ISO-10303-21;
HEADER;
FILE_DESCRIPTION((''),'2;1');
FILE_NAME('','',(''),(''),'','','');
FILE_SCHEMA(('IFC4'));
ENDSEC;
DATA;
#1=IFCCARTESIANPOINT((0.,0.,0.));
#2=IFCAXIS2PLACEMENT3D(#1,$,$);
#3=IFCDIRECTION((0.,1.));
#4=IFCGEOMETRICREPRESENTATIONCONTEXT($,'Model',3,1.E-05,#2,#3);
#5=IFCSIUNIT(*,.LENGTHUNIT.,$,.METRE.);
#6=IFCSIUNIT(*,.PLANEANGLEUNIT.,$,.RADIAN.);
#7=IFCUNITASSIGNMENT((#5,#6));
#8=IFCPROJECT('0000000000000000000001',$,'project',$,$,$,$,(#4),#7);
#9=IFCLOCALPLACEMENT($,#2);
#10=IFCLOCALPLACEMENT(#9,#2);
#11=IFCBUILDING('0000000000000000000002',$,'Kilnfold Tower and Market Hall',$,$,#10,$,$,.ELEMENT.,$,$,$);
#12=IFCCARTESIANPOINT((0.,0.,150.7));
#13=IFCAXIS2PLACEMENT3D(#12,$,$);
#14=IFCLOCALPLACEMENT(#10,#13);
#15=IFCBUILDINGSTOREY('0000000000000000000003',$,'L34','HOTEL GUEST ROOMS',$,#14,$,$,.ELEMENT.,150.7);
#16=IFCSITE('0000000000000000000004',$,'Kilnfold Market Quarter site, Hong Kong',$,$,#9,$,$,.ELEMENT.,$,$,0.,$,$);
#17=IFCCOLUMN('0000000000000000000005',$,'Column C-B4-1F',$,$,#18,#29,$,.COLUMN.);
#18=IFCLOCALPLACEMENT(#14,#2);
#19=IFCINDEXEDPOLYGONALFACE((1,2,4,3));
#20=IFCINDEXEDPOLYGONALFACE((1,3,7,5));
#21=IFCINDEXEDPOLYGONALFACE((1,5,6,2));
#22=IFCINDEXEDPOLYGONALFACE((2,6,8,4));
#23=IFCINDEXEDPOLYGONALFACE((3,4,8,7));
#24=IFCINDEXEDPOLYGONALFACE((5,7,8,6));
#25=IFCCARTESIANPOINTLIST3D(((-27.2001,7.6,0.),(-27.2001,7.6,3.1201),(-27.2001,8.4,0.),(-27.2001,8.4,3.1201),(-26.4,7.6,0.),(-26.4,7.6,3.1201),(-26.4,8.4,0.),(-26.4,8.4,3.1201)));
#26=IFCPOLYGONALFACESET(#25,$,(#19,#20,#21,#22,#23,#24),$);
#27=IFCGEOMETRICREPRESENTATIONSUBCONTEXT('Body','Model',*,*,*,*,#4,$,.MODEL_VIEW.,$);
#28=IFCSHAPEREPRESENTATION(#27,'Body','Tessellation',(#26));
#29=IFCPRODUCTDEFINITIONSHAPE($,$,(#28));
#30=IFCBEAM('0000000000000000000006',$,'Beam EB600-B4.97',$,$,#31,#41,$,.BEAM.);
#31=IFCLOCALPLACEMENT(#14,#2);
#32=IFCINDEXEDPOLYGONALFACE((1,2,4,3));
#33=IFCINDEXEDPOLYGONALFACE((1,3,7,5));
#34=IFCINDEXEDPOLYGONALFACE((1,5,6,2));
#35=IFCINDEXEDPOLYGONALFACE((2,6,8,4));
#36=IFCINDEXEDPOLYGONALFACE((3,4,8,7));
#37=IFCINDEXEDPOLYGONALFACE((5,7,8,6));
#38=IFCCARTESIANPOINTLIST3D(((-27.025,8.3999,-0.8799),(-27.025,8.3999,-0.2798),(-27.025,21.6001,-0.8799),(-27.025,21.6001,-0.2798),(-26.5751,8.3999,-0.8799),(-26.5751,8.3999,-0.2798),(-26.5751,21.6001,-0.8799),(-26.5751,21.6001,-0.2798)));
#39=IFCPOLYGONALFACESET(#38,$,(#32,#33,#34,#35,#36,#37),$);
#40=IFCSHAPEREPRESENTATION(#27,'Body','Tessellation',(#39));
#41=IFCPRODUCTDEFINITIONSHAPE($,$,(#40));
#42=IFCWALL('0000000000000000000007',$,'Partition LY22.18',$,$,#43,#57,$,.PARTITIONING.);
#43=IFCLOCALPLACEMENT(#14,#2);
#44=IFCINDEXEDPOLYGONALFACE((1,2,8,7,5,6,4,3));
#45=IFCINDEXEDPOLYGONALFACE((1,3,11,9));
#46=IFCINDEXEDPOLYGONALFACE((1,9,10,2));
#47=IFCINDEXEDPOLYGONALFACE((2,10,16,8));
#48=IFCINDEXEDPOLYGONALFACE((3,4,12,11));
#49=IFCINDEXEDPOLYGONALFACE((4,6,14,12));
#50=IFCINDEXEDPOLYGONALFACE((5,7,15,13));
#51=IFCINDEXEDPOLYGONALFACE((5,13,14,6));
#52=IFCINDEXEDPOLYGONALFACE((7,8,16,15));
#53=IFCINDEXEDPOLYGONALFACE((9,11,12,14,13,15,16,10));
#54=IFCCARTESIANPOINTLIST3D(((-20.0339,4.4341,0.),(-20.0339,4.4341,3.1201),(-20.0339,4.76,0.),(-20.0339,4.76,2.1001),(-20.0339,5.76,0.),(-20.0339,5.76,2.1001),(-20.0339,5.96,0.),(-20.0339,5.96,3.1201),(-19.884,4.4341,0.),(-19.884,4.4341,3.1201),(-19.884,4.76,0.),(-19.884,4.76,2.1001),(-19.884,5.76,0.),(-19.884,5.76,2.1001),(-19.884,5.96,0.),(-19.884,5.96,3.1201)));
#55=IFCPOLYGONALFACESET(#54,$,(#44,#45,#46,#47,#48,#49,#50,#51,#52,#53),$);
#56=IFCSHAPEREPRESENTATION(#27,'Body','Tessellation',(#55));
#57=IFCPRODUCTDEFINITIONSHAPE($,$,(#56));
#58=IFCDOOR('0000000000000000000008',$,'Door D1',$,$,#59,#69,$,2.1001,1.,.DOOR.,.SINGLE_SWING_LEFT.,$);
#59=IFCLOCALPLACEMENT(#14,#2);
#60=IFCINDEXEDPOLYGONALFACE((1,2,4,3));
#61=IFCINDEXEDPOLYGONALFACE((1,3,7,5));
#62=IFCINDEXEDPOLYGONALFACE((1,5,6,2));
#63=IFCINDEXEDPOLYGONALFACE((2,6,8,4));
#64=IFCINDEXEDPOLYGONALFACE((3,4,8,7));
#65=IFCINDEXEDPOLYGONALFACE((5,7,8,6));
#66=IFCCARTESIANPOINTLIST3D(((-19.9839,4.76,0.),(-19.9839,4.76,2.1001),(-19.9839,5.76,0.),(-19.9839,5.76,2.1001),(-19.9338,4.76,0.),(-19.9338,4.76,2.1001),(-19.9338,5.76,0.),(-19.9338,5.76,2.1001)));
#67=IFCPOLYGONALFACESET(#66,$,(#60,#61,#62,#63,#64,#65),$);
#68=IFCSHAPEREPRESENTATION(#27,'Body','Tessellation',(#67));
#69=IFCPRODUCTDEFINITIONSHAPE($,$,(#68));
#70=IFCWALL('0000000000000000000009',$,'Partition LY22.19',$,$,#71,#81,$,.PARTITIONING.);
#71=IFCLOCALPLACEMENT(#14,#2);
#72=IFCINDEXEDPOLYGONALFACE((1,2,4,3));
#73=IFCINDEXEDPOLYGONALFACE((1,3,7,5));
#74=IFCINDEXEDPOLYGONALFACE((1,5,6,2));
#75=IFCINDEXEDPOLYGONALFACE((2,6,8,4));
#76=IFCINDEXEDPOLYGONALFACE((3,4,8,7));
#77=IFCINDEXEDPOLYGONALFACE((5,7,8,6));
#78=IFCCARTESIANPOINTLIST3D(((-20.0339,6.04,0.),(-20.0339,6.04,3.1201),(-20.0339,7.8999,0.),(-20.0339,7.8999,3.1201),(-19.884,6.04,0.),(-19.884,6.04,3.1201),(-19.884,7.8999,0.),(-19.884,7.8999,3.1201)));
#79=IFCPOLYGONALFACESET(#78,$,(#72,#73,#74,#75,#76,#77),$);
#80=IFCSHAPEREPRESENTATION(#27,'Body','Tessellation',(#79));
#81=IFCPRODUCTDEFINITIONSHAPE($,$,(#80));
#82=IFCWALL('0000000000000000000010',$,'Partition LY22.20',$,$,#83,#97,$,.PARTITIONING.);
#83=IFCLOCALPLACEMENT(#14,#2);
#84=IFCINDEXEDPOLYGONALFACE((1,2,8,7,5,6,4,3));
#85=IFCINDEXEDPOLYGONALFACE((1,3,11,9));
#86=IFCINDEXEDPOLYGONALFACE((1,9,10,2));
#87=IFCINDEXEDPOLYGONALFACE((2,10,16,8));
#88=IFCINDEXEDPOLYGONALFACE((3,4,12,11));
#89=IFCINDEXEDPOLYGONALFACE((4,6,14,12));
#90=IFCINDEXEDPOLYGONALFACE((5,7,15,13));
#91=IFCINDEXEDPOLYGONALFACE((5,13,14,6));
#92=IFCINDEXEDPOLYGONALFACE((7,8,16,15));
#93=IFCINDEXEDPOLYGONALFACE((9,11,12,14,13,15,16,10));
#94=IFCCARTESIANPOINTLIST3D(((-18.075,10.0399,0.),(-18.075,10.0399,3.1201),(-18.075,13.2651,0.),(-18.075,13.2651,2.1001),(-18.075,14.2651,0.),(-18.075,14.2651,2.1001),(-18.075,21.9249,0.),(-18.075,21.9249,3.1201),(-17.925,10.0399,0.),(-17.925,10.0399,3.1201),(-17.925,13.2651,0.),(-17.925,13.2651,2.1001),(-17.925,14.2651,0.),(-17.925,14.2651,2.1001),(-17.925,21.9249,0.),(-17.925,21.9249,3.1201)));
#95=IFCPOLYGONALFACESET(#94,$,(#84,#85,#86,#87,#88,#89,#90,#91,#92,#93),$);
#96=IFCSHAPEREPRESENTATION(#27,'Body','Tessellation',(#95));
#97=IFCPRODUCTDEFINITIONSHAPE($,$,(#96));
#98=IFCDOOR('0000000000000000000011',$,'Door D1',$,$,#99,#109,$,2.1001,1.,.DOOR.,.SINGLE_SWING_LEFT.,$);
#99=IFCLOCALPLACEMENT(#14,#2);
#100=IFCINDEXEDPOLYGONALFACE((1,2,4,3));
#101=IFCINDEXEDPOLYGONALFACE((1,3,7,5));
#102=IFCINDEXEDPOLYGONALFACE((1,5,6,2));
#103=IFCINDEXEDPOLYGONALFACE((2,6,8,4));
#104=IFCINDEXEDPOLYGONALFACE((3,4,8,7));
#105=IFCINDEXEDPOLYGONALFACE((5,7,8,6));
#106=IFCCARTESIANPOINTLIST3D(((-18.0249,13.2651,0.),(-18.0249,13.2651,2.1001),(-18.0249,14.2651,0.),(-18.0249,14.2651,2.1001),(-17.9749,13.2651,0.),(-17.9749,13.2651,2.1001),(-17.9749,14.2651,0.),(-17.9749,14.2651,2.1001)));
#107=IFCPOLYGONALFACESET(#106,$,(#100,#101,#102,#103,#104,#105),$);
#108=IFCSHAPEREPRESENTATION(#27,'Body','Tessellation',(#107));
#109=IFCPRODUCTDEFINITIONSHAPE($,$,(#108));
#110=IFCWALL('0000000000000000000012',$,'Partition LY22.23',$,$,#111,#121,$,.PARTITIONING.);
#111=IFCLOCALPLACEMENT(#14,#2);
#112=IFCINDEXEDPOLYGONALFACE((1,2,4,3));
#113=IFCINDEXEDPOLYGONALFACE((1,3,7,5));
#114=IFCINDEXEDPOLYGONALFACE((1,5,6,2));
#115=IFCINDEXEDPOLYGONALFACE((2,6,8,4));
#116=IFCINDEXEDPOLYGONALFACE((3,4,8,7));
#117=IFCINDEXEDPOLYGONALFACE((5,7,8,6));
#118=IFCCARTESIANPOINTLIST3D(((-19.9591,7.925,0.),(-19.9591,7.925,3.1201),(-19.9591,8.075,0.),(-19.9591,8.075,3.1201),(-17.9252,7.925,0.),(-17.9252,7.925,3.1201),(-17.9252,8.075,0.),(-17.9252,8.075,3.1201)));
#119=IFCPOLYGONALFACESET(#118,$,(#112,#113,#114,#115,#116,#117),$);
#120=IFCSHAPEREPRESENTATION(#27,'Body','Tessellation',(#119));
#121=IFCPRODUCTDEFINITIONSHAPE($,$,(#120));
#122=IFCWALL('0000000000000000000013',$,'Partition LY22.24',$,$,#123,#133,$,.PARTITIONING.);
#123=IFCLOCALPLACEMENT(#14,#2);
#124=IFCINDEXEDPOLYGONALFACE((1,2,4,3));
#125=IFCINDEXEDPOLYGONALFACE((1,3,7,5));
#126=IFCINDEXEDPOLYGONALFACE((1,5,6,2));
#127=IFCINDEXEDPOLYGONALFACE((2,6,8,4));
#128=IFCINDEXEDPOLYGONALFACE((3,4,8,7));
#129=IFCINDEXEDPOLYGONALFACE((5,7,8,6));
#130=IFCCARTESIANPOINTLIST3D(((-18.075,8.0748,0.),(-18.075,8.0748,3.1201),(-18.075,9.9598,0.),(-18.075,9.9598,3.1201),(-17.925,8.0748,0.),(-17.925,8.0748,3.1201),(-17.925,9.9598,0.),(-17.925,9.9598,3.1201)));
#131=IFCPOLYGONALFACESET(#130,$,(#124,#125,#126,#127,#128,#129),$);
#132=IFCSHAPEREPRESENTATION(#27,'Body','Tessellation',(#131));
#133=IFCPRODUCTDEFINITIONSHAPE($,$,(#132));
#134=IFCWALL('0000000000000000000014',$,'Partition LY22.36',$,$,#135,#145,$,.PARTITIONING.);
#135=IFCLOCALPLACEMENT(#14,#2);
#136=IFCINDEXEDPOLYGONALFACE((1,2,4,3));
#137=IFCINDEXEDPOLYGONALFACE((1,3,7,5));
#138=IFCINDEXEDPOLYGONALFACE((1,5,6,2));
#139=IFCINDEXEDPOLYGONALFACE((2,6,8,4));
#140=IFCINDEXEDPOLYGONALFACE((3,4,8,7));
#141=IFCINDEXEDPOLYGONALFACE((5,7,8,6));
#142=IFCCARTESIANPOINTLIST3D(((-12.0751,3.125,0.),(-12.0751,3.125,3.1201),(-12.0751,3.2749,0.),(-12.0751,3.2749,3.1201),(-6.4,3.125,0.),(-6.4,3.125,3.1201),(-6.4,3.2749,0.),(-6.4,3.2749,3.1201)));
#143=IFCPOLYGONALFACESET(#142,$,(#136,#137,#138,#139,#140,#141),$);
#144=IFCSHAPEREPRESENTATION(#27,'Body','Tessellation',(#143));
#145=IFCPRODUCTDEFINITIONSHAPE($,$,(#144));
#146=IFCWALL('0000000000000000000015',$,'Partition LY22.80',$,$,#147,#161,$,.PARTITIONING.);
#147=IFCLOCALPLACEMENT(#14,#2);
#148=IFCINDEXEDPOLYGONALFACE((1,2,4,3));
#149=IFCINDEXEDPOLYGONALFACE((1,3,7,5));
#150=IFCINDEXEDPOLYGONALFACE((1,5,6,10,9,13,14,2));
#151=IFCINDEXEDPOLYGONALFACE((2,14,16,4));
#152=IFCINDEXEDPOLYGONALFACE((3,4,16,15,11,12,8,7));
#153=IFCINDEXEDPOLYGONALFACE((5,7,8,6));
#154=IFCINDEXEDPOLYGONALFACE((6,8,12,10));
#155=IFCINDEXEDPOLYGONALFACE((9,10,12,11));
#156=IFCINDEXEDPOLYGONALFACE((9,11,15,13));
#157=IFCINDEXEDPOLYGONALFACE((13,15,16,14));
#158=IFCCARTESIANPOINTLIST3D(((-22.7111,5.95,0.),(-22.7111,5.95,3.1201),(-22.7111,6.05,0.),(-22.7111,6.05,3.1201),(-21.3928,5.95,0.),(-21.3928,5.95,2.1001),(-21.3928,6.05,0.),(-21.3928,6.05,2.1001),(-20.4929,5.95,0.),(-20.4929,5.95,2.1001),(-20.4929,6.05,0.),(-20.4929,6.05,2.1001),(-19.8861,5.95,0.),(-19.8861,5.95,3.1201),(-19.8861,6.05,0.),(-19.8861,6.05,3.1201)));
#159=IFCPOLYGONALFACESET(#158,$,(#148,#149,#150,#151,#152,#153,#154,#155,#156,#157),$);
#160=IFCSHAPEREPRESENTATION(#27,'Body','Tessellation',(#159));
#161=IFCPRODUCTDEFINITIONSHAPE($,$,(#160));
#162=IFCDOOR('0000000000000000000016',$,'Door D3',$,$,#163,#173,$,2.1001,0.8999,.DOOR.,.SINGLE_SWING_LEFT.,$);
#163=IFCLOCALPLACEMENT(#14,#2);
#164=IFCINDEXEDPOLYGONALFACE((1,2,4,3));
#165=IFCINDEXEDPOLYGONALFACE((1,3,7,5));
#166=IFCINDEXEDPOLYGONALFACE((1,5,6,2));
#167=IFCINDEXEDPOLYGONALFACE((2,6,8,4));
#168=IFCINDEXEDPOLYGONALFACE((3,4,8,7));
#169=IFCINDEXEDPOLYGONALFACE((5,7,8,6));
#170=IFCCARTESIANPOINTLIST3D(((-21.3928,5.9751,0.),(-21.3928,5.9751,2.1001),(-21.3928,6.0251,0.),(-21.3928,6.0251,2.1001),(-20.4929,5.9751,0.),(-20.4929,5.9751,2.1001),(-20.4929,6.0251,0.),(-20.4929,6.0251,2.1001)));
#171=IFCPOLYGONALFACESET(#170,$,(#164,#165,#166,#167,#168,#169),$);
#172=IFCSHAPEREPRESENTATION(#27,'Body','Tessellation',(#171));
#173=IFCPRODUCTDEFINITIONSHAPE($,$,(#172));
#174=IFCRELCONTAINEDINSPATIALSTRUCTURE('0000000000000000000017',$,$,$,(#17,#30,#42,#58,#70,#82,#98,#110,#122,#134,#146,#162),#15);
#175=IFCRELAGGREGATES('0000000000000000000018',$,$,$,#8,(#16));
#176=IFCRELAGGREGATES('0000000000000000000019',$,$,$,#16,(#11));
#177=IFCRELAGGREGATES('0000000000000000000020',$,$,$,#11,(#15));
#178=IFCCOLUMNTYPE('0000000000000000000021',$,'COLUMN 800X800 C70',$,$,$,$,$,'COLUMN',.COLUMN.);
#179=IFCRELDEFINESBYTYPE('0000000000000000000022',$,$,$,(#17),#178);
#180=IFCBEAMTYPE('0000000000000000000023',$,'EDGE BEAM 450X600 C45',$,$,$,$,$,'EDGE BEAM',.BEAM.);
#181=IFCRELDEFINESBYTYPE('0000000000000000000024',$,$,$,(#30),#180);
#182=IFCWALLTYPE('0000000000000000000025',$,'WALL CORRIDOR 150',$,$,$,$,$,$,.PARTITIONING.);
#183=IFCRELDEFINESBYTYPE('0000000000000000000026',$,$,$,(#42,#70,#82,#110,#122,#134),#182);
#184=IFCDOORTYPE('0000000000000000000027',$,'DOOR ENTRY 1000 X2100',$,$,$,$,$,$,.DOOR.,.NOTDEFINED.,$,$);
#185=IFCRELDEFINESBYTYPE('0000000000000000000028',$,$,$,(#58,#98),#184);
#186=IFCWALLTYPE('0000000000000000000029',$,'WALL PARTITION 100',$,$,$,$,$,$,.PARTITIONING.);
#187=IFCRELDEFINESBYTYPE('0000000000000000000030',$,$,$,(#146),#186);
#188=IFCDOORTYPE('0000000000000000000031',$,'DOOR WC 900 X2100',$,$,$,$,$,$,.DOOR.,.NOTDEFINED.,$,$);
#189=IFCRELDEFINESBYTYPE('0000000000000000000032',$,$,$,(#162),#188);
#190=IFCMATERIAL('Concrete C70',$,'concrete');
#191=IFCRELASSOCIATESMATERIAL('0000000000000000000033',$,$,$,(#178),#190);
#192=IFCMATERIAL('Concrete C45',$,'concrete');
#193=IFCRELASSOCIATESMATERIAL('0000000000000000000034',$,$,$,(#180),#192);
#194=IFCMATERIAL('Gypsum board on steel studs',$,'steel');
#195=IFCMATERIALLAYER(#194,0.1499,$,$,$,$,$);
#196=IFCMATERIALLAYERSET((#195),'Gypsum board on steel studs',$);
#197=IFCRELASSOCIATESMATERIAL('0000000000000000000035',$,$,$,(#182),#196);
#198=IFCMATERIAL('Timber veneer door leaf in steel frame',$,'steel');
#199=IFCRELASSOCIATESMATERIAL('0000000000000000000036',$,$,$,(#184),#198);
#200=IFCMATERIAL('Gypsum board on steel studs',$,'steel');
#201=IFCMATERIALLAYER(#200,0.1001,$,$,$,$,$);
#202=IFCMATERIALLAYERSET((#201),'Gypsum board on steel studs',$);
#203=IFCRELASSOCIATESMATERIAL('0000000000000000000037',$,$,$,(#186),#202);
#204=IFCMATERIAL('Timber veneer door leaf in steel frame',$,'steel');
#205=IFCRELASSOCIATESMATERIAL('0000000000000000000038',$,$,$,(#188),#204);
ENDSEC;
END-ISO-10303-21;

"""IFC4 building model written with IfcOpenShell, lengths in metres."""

from ifc_helpers import new_model, si_unit, direction, frame, frame_2d, origin, origin_2d, place, context, subcontext, project, spatial, rectangle, extrude, source, transform, mapped, material, layer, layer_set, material_profile, profile_set, type_object, element, fill, save


model = new_model("IFC4")

# Units and contexts
model_context = context("Model", 3, precision=1e-05, world=origin(), true_north=direction((0.0, 1.0)))
body_context = subcontext(model_context, "Body", "Model", "MODEL_VIEW")
ifc_project = project(units=[si_unit("LENGTHUNIT", "METRE"), si_unit("PLANEANGLEUNIT", "RADIAN")], contexts=[model_context])

# Site, building, storey
site_placement = place(None, origin())
site = spatial("IfcSite", under=ifc_project, at=site_placement, Name="Kilnfold Market Quarter site, Hong Kong", CompositionType="ELEMENT", RefElevation=0.0)
building_placement = place(site_placement, origin())
building = spatial("IfcBuilding", under=site, at=building_placement, Name="Kilnfold Tower and Market Hall", CompositionType="ELEMENT")
storey_placement = place(building_placement, frame((0.0, 0.0, 150.7)))
storey = spatial("IfcBuildingStorey", under=building, at=storey_placement, Name="L34", Description="HOTEL GUEST ROOMS", CompositionType="ELEMENT", Elevation=150.7)

# Column
ifc_material_1 = material(Name="Concrete C70", Category="concrete")
ifc_material_profile_1 = material_profile(ifc_material_1, rectangle(XDim=0.8, YDim=0.8, at=origin_2d()), Name="RC 800x800")
ifc_profile_set_1 = profile_set([ifc_material_profile_1], Name="Concrete C70")
column_type = type_object("IfcColumnType", Name="COLUMN 800X800 C70", ElementType="COLUMN", PredefinedType="COLUMN", material=ifc_profile_set_1)
shared_shape_1 = source(origin(), body_context, "Body", "SweptSolid", [
    extrude(rectangle(XDim=0.8, YDim=0.8, at=origin_2d()), origin(), (0.0, 0.0, 1.0), 3.1201),
])
column_placement = place(storey_placement, frame((-26.8, 8.0, 0.0), z_axis=(0.0, 0.0, 1.0), x_axis=(1.0, 0.0, 0.0)))
element("IfcColumn", 1, at=column_placement, inside=storey, type_object=column_type, Name="Column C-B4-1F", PredefinedType="COLUMN", context=body_context, shape_type="MappedRepresentation", body=[
    mapped(shared_shape_1, transform((0.0, 0.0, 0.0))),
])

# Beam
ifc_material_2 = material(Name="Concrete C45", Category="concrete")
ifc_material_profile_2 = material_profile(ifc_material_2, rectangle(XDim=0.45, YDim=0.6001, at=origin_2d()), Name="RC 450x600")
ifc_profile_set_2 = profile_set([ifc_material_profile_2], Name="Concrete C45")
beam_type = type_object("IfcBeamType", Name="EDGE BEAM 450X600 C45", ElementType="EDGE BEAM", PredefinedType="BEAM", material=ifc_profile_set_2)
shared_shape_2 = source(origin(), body_context, "Body", "SweptSolid", [
    extrude(rectangle(XDim=0.45, YDim=0.6001, at=origin_2d()), origin(), (0.0, 0.0, 1.0), 13.2002),
])
beam_placement = place(storey_placement, frame((-26.8, 8.3999, -0.5798), z_axis=(0.0, 1.0, 0.0), x_axis=(-1.0, 0.0, 0.0)))
element("IfcBeam", 2, at=beam_placement, inside=storey, type_object=beam_type, Name="Beam EB600-B4.97", PredefinedType="BEAM", context=body_context, shape_type="MappedRepresentation", body=[
    mapped(shared_shape_2, transform((0.0, 0.0, 0.0))),
])

# Wall, opening, door
ifc_material_3 = material(Name="Gypsum board on steel studs", Category="steel")
ifc_layer_1 = layer(ifc_material_3, 0.1499)
ifc_layer_set_1 = layer_set([ifc_layer_1], Name="Gypsum board on steel studs")
wall_type_1 = type_object("IfcWallType", Name="WALL CORRIDOR 150", PredefinedType="PARTITIONING", material=ifc_layer_set_1)
wall_1_placement = place(storey_placement, frame((-19.959, 4.4341, 0.0), z_axis=(0.0, 0.0, 1.0), x_axis=(0.0, 1.0, 0.0)))
wall_1 = element("IfcWall", 3, at=wall_1_placement, inside=storey, type_object=wall_type_1, Name="Partition LY22.18", PredefinedType="PARTITIONING", context=body_context, shape_type="SweptSolid", body=[
    extrude(rectangle(XDim=1.5259, YDim=0.1499, at=frame_2d((0.7629, 0.0))), origin(), (0.0, 0.0, 1.0), 3.1201),
])
opening_1_placement = place(wall_1_placement, frame((0.3259, 0.0, 0.0)))
opening_1 = element("IfcOpeningElement", 4, at=opening_1_placement, cuts=wall_1, PredefinedType="OPENING", context=body_context, shape_type="SweptSolid", body=[
    extrude(rectangle(XDim=1.0, YDim=2.1001, at=frame_2d((0.5, 1.05))), frame((0.0, 0.085, 0.0), z_axis=(0.0, -1.0, 0.0), x_axis=(1.0, 0.0, 0.0)), (0.0, 0.0, 1.0), 0.1699),
])
ifc_material_4 = material(Name="Timber veneer door leaf in steel frame", Category="steel")
door_type_1 = type_object("IfcDoorType", Name="DOOR ENTRY 1000 X2100", OperationType="NOTDEFINED", PredefinedType="DOOR", material=ifc_material_4)
door_1_placement = place(opening_1_placement, origin())
door_1 = element("IfcDoor", 5, at=door_1_placement, inside=storey, type_object=door_type_1, Name="Door D1", OperationType="SINGLE_SWING_LEFT", OverallHeight=2.1001, OverallWidth=1.0, PredefinedType="DOOR", context=body_context, shape_type="SweptSolid", body=[
    extrude(rectangle(XDim=1.0, YDim=2.1001, at=frame_2d((0.5, 1.05))), frame((0.0, 0.0249, 0.0), z_axis=(0.0, -1.0, 0.0), x_axis=(1.0, 0.0, 0.0)), (0.0, 0.0, 1.0), 0.05),
])
fill(opening_1, door_1)

# Wall
wall_2_placement = place(storey_placement, frame((-19.959, 6.04, 0.0), z_axis=(0.0, 0.0, 1.0), x_axis=(0.0, 1.0, 0.0)))
element("IfcWall", 6, at=wall_2_placement, inside=storey, type_object=wall_type_1, Name="Partition LY22.19", PredefinedType="PARTITIONING", context=body_context, shape_type="SweptSolid", body=[
    extrude(rectangle(XDim=1.8599, YDim=0.1499, at=frame_2d((0.9299, 0.0))), origin(), (0.0, 0.0, 1.0), 3.1201),
])

# Wall, opening, door
wall_3_placement = place(storey_placement, frame((-18.0, 10.04, 0.0), z_axis=(0.0, 0.0, 1.0), x_axis=(0.0, 1.0, 0.0)))
wall_3 = element("IfcWall", 7, at=wall_3_placement, inside=storey, type_object=wall_type_1, Name="Partition LY22.20", PredefinedType="PARTITIONING", context=body_context, shape_type="SweptSolid", body=[
    extrude(rectangle(XDim=11.885, YDim=0.1499, at=frame_2d((5.9424, 0.0))), origin(), (0.0, 0.0, 1.0), 3.1201),
])
opening_2_placement = place(wall_3_placement, frame((3.2251, 0.0, 0.0)))
opening_2 = element("IfcOpeningElement", 8, at=opening_2_placement, cuts=wall_3, PredefinedType="OPENING", context=body_context, shape_type="SweptSolid", body=[
    extrude(rectangle(XDim=1.0, YDim=2.1001, at=frame_2d((0.5, 1.05))), frame((0.0, 0.085, 0.0), z_axis=(0.0, -1.0, 0.0), x_axis=(1.0, 0.0, 0.0)), (0.0, 0.0, 1.0), 0.1699),
])
door_2_placement = place(opening_2_placement, origin())
door_2 = element("IfcDoor", 9, at=door_2_placement, inside=storey, type_object=door_type_1, Name="Door D1", OperationType="SINGLE_SWING_LEFT", OverallHeight=2.1001, OverallWidth=1.0, PredefinedType="DOOR", context=body_context, shape_type="SweptSolid", body=[
    extrude(rectangle(XDim=1.0, YDim=2.1001, at=frame_2d((0.5, 1.05))), frame((0.0, 0.0249, 0.0), z_axis=(0.0, -1.0, 0.0), x_axis=(1.0, 0.0, 0.0)), (0.0, 0.0, 1.0), 0.05),
])
fill(opening_2, door_2)

# Walls
wall_4_placement = place(storey_placement, frame((-17.925, 8.0, 0.0), z_axis=(0.0, 0.0, 1.0), x_axis=(-1.0, 0.0, 0.0)))
element("IfcWall", 10, at=wall_4_placement, inside=storey, type_object=wall_type_1, Name="Partition LY22.23", PredefinedType="PARTITIONING", context=body_context, shape_type="SweptSolid", body=[
    extrude(rectangle(XDim=2.0339, YDim=0.1499, at=frame_2d((1.0171, 0.0))), origin(), (0.0, 0.0, 1.0), 3.1201),
])
wall_5_placement = place(storey_placement, frame((-18.0, 8.075, 0.0), z_axis=(0.0, 0.0, 1.0), x_axis=(0.0, 1.0, 0.0)))
element("IfcWall", 11, at=wall_5_placement, inside=storey, type_object=wall_type_1, Name="Partition LY22.24", PredefinedType="PARTITIONING", context=body_context, shape_type="SweptSolid", body=[
    extrude(rectangle(XDim=1.885, YDim=0.1499, at=frame_2d((0.9424, 0.0))), origin(), (0.0, 0.0, 1.0), 3.1201),
])
wall_6_placement = place(storey_placement, frame((-12.075, 3.2, 0.0), z_axis=(0.0, 0.0, 1.0), x_axis=(1.0, 0.0, 0.0)))
element("IfcWall", 12, at=wall_6_placement, inside=storey, type_object=wall_type_1, Name="Partition LY22.36", PredefinedType="PARTITIONING", context=body_context, shape_type="SweptSolid", body=[
    extrude(rectangle(XDim=5.675, YDim=0.1499, at=frame_2d((2.8374, 0.0))), origin(), (0.0, 0.0, 1.0), 3.1201),
])

# Wall, opening, door
ifc_material_5 = material(Name="Gypsum board on steel studs", Category="steel")
ifc_layer_2 = layer(ifc_material_5, 0.1001)
ifc_layer_set_2 = layer_set([ifc_layer_2], Name="Gypsum board on steel studs")
wall_type_2 = type_object("IfcWallType", Name="WALL PARTITION 100", PredefinedType="PARTITIONING", material=ifc_layer_set_2)
wall_7_placement = place(storey_placement, frame((-19.886, 6.0, 0.0), z_axis=(0.0, 0.0, 1.0), x_axis=(-1.0, 0.0, 0.0)))
wall_7 = element("IfcWall", 13, at=wall_7_placement, inside=storey, type_object=wall_type_2, Name="Partition LY22.80", PredefinedType="PARTITIONING", context=body_context, shape_type="SweptSolid", body=[
    extrude(rectangle(XDim=2.825, YDim=0.1001, at=frame_2d((1.4126, 0.0))), origin(), (0.0, 0.0, 1.0), 3.1201),
])
opening_3_placement = place(wall_7_placement, frame((0.6069, 0.0, 0.0)))
opening_3 = element("IfcOpeningElement", 14, at=opening_3_placement, cuts=wall_7, PredefinedType="OPENING", context=body_context, shape_type="SweptSolid", body=[
    extrude(rectangle(XDim=0.8999, YDim=2.1001, at=frame_2d((0.45, 1.05))), frame((0.0, 0.0601, 0.0), z_axis=(0.0, -1.0, 0.0), x_axis=(1.0, 0.0, 0.0)), (0.0, 0.0, 1.0), 0.1201),
])
ifc_material_6 = material(Name="Timber veneer door leaf in steel frame", Category="steel")
door_type_2 = type_object("IfcDoorType", Name="DOOR WC 900 X2100", OperationType="NOTDEFINED", PredefinedType="DOOR", material=ifc_material_6)
door_3_placement = place(opening_3_placement, origin())
door_3 = element("IfcDoor", 15, at=door_3_placement, inside=storey, type_object=door_type_2, Name="Door D3", OperationType="SINGLE_SWING_LEFT", OverallHeight=2.1001, OverallWidth=0.8999, PredefinedType="DOOR", context=body_context, shape_type="SweptSolid", body=[
    extrude(rectangle(XDim=0.8999, YDim=2.1001, at=frame_2d((0.45, 1.05))), frame((0.0, 0.0249, 0.0), z_axis=(0.0, -1.0, 0.0), x_axis=(1.0, 0.0, 0.0)), (0.0, 0.0, 1.0), 0.05),
])
fill(opening_3, door_3)

save(model, "model.ifc")
